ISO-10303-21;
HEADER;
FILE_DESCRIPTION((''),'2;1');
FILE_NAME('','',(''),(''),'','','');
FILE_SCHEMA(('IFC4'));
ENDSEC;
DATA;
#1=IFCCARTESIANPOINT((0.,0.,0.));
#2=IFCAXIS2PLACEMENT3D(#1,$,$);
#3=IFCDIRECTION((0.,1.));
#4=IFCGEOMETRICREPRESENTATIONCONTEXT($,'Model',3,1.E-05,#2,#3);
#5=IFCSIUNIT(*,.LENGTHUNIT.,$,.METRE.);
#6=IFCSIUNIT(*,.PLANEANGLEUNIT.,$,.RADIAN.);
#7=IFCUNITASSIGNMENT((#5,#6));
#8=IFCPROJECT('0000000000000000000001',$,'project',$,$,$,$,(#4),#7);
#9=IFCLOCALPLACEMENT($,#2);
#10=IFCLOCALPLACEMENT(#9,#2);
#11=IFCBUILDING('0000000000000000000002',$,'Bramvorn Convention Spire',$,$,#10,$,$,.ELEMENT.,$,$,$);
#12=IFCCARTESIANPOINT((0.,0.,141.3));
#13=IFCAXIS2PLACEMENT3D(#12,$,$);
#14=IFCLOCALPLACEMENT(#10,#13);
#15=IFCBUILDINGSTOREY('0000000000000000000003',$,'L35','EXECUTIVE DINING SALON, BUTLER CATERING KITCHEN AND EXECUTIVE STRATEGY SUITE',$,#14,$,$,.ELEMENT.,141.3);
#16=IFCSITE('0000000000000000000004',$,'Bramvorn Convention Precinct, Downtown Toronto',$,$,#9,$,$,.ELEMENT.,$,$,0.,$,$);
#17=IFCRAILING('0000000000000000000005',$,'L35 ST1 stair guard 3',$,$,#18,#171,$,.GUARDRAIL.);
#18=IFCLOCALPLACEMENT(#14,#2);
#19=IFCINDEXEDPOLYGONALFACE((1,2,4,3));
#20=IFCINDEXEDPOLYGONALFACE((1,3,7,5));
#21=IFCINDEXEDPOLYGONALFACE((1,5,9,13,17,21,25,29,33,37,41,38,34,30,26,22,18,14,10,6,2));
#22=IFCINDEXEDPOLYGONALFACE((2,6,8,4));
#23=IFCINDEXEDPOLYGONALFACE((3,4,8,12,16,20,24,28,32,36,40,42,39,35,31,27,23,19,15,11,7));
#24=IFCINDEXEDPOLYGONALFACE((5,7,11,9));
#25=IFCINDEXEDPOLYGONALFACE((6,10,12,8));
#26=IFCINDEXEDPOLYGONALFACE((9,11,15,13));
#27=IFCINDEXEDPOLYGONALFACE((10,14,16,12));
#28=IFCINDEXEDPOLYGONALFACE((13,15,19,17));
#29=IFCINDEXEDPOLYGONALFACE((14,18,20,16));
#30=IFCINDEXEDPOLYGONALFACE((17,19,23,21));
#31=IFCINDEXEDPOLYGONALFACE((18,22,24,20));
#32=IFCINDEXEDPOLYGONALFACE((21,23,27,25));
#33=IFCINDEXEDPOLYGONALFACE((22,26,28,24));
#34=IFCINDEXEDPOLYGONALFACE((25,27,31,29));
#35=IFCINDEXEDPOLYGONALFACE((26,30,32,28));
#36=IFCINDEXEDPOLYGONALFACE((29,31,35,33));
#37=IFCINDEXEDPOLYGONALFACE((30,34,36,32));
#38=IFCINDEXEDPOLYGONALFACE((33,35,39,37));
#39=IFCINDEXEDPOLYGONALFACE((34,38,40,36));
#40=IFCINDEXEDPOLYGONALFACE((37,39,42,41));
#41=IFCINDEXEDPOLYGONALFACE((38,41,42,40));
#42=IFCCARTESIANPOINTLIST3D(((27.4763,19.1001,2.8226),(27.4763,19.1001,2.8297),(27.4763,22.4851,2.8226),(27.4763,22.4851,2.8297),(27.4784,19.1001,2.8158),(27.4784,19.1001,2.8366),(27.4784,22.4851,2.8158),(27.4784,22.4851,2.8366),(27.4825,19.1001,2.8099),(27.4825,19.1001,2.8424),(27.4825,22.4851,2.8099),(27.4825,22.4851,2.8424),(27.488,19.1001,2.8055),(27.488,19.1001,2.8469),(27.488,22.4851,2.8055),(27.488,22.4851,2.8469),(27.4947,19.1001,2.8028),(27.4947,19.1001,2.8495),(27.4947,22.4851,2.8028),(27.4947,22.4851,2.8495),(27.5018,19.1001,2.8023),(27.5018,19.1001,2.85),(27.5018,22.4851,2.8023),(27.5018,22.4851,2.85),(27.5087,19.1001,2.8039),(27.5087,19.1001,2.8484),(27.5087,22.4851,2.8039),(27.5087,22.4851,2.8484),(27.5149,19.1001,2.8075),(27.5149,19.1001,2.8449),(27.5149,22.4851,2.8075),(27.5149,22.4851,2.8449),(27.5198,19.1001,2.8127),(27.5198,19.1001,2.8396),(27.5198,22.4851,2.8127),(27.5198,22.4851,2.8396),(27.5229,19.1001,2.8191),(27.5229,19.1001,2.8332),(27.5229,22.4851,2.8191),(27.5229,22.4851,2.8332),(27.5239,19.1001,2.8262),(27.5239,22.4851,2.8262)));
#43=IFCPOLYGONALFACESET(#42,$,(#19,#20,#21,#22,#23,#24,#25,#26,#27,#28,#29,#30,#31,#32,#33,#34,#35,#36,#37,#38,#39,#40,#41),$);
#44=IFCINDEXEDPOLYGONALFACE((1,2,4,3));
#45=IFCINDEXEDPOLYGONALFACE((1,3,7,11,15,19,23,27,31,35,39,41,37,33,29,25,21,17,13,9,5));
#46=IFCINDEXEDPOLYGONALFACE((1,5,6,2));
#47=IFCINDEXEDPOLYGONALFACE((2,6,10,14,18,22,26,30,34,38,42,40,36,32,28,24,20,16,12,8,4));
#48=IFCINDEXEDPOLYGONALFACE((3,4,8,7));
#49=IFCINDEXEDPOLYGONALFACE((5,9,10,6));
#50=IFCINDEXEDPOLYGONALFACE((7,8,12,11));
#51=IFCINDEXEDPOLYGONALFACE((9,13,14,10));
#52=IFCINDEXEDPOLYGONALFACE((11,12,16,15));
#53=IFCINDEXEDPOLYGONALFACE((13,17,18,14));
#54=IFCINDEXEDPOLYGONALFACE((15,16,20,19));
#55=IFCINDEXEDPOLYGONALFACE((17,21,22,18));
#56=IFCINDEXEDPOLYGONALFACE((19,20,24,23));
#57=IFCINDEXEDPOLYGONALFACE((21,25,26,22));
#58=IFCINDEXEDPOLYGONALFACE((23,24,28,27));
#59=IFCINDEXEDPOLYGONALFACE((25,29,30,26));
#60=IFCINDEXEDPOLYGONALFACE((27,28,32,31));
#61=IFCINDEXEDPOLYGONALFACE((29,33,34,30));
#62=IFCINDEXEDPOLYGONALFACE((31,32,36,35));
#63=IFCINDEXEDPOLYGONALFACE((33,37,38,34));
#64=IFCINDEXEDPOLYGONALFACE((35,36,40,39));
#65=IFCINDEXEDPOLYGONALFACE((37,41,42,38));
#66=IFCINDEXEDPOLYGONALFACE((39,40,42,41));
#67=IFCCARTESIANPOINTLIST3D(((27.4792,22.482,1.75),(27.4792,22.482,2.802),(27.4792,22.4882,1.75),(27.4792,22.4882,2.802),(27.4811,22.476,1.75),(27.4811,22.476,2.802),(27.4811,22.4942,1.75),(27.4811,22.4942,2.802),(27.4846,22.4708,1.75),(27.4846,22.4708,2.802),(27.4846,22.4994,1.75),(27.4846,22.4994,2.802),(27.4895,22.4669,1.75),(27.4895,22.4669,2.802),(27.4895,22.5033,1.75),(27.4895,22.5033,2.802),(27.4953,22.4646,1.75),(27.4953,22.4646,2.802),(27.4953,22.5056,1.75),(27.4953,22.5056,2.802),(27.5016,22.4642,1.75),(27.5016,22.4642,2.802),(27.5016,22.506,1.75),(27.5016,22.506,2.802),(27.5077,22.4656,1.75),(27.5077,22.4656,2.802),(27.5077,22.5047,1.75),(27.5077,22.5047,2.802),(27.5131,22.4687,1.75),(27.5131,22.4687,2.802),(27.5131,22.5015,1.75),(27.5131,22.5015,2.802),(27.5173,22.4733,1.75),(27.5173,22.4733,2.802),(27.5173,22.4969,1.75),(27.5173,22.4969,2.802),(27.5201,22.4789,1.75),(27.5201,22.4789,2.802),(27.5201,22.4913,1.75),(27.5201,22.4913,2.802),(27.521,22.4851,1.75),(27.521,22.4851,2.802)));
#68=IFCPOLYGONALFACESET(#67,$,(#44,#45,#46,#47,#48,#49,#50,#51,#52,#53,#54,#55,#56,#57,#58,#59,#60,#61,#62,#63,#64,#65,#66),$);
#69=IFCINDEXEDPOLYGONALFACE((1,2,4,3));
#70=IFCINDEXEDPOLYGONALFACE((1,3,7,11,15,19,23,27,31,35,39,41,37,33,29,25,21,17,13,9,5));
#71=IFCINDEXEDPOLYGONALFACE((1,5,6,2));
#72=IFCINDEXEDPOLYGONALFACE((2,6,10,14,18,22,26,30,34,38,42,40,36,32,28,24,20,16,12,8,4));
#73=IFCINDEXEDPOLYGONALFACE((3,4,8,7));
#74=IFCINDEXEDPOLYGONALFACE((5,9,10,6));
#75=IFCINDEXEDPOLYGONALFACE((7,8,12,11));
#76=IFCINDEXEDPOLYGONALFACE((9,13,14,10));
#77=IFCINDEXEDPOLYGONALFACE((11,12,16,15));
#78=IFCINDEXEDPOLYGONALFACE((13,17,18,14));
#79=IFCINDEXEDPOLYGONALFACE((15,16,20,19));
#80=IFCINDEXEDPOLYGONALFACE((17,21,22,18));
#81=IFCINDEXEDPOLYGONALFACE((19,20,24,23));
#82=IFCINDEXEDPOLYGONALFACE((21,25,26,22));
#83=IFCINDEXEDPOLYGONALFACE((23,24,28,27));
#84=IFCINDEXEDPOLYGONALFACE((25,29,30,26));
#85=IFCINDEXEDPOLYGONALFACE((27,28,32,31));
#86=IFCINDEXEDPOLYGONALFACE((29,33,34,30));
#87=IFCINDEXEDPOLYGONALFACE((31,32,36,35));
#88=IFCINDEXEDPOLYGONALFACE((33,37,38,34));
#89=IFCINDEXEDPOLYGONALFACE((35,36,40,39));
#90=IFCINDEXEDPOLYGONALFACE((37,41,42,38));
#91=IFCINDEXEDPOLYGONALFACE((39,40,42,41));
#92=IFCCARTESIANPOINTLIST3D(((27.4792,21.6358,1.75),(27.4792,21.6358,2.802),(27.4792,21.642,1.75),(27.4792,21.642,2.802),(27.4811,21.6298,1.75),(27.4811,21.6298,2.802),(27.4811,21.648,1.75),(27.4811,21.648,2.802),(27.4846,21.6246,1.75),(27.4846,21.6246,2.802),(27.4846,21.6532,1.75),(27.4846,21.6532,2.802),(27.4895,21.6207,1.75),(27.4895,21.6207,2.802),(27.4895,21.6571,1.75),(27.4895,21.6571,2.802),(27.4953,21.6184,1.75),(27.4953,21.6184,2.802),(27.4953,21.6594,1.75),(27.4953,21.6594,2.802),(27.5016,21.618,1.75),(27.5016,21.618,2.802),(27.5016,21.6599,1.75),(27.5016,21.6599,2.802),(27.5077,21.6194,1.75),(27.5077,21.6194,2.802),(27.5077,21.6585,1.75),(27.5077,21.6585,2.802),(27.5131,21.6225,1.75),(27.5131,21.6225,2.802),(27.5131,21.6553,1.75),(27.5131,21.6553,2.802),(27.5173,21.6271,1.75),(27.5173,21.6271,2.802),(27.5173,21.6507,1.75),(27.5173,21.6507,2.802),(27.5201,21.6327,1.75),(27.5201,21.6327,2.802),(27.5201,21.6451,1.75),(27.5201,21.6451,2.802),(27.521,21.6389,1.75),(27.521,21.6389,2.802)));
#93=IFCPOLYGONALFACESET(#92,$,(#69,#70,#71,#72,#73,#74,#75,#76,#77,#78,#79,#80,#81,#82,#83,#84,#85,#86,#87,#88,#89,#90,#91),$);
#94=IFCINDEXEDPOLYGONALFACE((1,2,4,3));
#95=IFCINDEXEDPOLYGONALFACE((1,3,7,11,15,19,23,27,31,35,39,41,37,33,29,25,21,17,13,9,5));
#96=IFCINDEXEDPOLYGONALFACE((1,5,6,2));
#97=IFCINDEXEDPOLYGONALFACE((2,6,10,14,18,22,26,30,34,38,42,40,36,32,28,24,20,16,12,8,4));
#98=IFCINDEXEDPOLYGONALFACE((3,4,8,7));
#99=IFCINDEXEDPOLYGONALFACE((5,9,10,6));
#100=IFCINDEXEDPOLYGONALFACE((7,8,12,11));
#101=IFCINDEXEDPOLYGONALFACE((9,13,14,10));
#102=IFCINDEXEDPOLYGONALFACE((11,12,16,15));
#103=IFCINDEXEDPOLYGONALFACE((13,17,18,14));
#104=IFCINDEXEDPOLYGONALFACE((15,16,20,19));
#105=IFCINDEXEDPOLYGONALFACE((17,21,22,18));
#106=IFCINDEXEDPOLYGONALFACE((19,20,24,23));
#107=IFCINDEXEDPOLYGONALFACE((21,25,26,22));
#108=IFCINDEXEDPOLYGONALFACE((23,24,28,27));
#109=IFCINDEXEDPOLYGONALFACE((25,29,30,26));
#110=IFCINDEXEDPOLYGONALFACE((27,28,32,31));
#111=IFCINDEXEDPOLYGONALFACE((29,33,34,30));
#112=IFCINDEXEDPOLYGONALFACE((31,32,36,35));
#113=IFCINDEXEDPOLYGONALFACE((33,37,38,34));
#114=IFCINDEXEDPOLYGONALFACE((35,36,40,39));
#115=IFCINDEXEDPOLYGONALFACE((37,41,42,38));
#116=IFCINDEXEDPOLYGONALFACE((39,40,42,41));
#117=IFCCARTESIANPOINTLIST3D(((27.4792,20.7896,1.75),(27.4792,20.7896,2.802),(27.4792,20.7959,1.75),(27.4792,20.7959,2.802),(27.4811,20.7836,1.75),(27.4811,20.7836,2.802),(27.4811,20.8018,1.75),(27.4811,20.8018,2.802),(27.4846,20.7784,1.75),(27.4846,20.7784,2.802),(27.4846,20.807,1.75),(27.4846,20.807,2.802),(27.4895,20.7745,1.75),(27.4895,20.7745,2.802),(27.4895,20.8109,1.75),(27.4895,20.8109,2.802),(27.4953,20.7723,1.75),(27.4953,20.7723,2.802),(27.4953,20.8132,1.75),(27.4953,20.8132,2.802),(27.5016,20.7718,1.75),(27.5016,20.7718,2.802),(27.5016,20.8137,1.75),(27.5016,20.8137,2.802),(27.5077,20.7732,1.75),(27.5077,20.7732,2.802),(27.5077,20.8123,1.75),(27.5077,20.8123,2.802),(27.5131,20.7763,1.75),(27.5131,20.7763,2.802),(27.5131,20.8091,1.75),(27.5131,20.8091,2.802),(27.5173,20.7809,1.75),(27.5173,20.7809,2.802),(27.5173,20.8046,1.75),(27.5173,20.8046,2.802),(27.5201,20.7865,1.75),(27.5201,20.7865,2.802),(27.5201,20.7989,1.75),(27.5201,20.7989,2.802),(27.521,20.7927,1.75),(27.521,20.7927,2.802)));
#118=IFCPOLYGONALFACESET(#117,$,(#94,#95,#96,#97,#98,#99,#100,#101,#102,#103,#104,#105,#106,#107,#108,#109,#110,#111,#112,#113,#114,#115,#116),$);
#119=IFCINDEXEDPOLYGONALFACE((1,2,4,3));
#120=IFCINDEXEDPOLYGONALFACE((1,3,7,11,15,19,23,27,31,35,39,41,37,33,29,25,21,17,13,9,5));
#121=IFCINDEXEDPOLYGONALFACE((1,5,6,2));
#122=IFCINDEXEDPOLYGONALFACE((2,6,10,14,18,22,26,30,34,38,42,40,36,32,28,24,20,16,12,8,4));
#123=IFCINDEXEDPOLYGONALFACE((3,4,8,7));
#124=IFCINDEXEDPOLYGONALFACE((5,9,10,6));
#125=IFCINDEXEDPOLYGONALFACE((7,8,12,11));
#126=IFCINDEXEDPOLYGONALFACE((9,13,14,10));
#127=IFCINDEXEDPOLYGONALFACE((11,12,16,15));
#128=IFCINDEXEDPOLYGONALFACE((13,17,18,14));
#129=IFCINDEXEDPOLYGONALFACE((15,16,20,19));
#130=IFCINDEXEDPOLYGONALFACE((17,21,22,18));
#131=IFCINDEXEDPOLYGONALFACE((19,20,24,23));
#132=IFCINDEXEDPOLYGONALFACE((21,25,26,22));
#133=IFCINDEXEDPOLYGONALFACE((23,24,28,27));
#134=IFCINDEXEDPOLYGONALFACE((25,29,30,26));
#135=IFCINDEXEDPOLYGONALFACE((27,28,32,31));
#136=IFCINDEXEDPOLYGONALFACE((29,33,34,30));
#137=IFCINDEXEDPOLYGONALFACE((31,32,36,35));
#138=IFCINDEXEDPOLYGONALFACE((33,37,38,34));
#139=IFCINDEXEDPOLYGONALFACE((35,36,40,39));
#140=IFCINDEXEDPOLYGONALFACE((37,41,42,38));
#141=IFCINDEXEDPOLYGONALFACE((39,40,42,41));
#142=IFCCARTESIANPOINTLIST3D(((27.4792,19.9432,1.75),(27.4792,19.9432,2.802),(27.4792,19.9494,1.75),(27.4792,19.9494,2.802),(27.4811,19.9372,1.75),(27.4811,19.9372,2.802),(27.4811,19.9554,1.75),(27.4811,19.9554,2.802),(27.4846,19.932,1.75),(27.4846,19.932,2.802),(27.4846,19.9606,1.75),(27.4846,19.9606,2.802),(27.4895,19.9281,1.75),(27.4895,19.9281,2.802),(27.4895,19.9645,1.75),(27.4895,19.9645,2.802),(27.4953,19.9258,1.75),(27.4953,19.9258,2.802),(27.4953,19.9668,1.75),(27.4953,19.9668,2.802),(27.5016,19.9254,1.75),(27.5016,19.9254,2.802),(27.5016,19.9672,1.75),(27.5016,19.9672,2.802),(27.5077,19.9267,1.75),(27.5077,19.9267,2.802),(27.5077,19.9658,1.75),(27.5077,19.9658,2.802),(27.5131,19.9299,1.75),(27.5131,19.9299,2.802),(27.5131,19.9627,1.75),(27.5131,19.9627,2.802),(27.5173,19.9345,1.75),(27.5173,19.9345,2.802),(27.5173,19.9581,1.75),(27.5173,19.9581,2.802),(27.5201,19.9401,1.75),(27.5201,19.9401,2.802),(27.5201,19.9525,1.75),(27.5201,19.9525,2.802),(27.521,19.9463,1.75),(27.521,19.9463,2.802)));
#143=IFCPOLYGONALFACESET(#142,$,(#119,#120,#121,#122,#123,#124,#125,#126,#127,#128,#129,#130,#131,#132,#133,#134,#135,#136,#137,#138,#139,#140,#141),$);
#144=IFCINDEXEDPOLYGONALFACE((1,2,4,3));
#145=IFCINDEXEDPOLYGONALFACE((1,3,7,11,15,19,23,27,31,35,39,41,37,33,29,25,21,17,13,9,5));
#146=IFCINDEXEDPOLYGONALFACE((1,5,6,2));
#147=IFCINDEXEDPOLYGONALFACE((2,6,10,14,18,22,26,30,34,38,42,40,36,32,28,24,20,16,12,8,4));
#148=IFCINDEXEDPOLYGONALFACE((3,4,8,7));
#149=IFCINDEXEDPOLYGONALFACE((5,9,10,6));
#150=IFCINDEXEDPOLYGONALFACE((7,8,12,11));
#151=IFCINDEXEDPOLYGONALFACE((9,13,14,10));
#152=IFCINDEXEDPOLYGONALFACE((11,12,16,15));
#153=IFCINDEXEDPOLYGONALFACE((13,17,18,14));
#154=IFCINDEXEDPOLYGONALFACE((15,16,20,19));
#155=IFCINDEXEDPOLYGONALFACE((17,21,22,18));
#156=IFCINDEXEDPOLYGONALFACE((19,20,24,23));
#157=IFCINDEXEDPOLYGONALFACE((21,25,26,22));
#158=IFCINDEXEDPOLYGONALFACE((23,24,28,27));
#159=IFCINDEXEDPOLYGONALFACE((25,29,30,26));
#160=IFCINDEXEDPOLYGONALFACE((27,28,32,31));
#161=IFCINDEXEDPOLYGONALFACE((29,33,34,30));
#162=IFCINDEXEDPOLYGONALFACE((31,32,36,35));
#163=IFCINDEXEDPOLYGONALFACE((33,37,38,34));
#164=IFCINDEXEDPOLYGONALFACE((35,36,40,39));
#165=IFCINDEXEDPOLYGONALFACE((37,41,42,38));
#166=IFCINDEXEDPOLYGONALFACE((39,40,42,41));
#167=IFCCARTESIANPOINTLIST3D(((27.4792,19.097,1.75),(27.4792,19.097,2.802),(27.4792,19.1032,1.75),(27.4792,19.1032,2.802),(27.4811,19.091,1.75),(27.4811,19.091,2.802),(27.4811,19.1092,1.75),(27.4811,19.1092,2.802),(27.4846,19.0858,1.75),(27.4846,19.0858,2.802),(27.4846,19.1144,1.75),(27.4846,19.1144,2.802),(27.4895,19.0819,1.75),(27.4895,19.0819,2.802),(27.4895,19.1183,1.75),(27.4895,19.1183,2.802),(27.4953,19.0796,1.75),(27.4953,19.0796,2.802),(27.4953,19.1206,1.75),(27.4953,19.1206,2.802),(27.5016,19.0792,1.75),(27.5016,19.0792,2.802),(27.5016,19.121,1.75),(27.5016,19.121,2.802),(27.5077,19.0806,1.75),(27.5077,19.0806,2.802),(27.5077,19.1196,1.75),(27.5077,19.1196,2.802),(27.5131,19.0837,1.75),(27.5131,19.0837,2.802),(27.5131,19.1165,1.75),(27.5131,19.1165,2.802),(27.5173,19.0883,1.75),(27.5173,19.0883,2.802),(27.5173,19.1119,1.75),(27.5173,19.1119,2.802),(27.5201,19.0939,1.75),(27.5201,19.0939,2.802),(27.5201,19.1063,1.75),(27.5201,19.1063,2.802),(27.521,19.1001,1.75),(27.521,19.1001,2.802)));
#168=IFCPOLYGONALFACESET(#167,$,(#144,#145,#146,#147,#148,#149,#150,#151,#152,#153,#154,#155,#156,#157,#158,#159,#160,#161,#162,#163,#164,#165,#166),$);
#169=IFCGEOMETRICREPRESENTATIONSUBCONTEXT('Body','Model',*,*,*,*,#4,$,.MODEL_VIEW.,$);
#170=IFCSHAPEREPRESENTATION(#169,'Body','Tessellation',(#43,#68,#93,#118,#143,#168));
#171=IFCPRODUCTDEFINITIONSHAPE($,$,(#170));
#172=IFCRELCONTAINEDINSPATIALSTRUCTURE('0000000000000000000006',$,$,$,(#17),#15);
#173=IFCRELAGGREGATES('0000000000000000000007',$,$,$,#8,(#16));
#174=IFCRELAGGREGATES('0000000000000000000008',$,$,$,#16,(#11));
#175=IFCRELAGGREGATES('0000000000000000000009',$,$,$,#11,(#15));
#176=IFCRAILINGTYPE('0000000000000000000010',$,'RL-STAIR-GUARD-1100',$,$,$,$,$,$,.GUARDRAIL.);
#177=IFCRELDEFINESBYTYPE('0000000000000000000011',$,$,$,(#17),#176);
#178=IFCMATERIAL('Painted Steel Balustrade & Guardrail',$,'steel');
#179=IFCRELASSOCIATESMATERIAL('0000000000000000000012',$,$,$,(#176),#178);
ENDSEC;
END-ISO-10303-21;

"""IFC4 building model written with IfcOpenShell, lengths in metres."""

from ifc_helpers import new_model, si_unit, direction, frame, origin, origin_2d, place, context, subcontext, project, spatial, circle, extrude, material, type_object, element, save


model = new_model("IFC4")

# Units and contexts
model_context = context("Model", 3, precision=1e-05, world=origin(), true_north=direction((0.0, 1.0)))
body_context = subcontext(model_context, "Body", "Model", "MODEL_VIEW")
ifc_project = project(units=[si_unit("LENGTHUNIT", "METRE"), si_unit("PLANEANGLEUNIT", "RADIAN")], contexts=[model_context])

# Site, building, storey
site_placement = place(None, origin())
site = spatial("IfcSite", under=ifc_project, at=site_placement, Name="Bramvorn Convention Precinct, Downtown Toronto", CompositionType="ELEMENT", RefElevation=0.0)
building_placement = place(site_placement, origin())
building = spatial("IfcBuilding", under=site, at=building_placement, Name="Bramvorn Convention Spire", CompositionType="ELEMENT")
storey_placement = place(building_placement, frame((0.0, 0.0, 141.3)))
storey = spatial("IfcBuildingStorey", under=building, at=storey_placement, Name="L35", Description="EXECUTIVE DINING SALON, BUTLER CATERING KITCHEN AND EXECUTIVE STRATEGY SUITE", CompositionType="ELEMENT", Elevation=141.3)

# Railing
ifc_material_1 = material(Name="Painted Steel Balustrade & Guardrail", Category="steel")
railing_type_1 = type_object("IfcRailingType", Name="RL-STAIR-GUARD-1100", PredefinedType="GUARDRAIL", material=ifc_material_1)
for number, where, name in (
    (1, (27.5, 22.4851, 1.75), "L35 ST1 stair guard 3"),
):
    element("IfcRailing", number, at=place(storey_placement, frame(where)), inside=storey, type_object=railing_type_1, Name=name, PredefinedType="GUARDRAIL", context=body_context, shape_type="SweptSolid", body=[
        extrude(circle(Radius=0.0239, at=origin_2d()), frame((0.0, 0.0, 1.0762), z_axis=(0.0, -1.0, 0.0), x_axis=(1.0, 0.0, 0.0)), (0.0, 0.0, 1.0), 3.385),
        extrude(circle(Radius=0.021, at=origin_2d()), origin(), (0.0, 0.0, 1.0), 1.052),
        extrude(circle(Radius=0.021, at=origin_2d()), frame((0.0, -0.8462, 0.0)), (0.0, 0.0, 1.0), 1.052),
        extrude(circle(Radius=0.021, at=origin_2d()), frame((0.0, -1.6924, 0.0)), (0.0, 0.0, 1.0), 1.052),
        extrude(circle(Radius=0.021, at=origin_2d()), frame((0.0, -2.5388, 0.0)), (0.0, 0.0, 1.0), 1.052),
        extrude(circle(Radius=0.021, at=origin_2d()), frame((0.0, -3.385, 0.0)), (0.0, 0.0, 1.0), 1.052),
    ])

save(model, "model.ifc")
